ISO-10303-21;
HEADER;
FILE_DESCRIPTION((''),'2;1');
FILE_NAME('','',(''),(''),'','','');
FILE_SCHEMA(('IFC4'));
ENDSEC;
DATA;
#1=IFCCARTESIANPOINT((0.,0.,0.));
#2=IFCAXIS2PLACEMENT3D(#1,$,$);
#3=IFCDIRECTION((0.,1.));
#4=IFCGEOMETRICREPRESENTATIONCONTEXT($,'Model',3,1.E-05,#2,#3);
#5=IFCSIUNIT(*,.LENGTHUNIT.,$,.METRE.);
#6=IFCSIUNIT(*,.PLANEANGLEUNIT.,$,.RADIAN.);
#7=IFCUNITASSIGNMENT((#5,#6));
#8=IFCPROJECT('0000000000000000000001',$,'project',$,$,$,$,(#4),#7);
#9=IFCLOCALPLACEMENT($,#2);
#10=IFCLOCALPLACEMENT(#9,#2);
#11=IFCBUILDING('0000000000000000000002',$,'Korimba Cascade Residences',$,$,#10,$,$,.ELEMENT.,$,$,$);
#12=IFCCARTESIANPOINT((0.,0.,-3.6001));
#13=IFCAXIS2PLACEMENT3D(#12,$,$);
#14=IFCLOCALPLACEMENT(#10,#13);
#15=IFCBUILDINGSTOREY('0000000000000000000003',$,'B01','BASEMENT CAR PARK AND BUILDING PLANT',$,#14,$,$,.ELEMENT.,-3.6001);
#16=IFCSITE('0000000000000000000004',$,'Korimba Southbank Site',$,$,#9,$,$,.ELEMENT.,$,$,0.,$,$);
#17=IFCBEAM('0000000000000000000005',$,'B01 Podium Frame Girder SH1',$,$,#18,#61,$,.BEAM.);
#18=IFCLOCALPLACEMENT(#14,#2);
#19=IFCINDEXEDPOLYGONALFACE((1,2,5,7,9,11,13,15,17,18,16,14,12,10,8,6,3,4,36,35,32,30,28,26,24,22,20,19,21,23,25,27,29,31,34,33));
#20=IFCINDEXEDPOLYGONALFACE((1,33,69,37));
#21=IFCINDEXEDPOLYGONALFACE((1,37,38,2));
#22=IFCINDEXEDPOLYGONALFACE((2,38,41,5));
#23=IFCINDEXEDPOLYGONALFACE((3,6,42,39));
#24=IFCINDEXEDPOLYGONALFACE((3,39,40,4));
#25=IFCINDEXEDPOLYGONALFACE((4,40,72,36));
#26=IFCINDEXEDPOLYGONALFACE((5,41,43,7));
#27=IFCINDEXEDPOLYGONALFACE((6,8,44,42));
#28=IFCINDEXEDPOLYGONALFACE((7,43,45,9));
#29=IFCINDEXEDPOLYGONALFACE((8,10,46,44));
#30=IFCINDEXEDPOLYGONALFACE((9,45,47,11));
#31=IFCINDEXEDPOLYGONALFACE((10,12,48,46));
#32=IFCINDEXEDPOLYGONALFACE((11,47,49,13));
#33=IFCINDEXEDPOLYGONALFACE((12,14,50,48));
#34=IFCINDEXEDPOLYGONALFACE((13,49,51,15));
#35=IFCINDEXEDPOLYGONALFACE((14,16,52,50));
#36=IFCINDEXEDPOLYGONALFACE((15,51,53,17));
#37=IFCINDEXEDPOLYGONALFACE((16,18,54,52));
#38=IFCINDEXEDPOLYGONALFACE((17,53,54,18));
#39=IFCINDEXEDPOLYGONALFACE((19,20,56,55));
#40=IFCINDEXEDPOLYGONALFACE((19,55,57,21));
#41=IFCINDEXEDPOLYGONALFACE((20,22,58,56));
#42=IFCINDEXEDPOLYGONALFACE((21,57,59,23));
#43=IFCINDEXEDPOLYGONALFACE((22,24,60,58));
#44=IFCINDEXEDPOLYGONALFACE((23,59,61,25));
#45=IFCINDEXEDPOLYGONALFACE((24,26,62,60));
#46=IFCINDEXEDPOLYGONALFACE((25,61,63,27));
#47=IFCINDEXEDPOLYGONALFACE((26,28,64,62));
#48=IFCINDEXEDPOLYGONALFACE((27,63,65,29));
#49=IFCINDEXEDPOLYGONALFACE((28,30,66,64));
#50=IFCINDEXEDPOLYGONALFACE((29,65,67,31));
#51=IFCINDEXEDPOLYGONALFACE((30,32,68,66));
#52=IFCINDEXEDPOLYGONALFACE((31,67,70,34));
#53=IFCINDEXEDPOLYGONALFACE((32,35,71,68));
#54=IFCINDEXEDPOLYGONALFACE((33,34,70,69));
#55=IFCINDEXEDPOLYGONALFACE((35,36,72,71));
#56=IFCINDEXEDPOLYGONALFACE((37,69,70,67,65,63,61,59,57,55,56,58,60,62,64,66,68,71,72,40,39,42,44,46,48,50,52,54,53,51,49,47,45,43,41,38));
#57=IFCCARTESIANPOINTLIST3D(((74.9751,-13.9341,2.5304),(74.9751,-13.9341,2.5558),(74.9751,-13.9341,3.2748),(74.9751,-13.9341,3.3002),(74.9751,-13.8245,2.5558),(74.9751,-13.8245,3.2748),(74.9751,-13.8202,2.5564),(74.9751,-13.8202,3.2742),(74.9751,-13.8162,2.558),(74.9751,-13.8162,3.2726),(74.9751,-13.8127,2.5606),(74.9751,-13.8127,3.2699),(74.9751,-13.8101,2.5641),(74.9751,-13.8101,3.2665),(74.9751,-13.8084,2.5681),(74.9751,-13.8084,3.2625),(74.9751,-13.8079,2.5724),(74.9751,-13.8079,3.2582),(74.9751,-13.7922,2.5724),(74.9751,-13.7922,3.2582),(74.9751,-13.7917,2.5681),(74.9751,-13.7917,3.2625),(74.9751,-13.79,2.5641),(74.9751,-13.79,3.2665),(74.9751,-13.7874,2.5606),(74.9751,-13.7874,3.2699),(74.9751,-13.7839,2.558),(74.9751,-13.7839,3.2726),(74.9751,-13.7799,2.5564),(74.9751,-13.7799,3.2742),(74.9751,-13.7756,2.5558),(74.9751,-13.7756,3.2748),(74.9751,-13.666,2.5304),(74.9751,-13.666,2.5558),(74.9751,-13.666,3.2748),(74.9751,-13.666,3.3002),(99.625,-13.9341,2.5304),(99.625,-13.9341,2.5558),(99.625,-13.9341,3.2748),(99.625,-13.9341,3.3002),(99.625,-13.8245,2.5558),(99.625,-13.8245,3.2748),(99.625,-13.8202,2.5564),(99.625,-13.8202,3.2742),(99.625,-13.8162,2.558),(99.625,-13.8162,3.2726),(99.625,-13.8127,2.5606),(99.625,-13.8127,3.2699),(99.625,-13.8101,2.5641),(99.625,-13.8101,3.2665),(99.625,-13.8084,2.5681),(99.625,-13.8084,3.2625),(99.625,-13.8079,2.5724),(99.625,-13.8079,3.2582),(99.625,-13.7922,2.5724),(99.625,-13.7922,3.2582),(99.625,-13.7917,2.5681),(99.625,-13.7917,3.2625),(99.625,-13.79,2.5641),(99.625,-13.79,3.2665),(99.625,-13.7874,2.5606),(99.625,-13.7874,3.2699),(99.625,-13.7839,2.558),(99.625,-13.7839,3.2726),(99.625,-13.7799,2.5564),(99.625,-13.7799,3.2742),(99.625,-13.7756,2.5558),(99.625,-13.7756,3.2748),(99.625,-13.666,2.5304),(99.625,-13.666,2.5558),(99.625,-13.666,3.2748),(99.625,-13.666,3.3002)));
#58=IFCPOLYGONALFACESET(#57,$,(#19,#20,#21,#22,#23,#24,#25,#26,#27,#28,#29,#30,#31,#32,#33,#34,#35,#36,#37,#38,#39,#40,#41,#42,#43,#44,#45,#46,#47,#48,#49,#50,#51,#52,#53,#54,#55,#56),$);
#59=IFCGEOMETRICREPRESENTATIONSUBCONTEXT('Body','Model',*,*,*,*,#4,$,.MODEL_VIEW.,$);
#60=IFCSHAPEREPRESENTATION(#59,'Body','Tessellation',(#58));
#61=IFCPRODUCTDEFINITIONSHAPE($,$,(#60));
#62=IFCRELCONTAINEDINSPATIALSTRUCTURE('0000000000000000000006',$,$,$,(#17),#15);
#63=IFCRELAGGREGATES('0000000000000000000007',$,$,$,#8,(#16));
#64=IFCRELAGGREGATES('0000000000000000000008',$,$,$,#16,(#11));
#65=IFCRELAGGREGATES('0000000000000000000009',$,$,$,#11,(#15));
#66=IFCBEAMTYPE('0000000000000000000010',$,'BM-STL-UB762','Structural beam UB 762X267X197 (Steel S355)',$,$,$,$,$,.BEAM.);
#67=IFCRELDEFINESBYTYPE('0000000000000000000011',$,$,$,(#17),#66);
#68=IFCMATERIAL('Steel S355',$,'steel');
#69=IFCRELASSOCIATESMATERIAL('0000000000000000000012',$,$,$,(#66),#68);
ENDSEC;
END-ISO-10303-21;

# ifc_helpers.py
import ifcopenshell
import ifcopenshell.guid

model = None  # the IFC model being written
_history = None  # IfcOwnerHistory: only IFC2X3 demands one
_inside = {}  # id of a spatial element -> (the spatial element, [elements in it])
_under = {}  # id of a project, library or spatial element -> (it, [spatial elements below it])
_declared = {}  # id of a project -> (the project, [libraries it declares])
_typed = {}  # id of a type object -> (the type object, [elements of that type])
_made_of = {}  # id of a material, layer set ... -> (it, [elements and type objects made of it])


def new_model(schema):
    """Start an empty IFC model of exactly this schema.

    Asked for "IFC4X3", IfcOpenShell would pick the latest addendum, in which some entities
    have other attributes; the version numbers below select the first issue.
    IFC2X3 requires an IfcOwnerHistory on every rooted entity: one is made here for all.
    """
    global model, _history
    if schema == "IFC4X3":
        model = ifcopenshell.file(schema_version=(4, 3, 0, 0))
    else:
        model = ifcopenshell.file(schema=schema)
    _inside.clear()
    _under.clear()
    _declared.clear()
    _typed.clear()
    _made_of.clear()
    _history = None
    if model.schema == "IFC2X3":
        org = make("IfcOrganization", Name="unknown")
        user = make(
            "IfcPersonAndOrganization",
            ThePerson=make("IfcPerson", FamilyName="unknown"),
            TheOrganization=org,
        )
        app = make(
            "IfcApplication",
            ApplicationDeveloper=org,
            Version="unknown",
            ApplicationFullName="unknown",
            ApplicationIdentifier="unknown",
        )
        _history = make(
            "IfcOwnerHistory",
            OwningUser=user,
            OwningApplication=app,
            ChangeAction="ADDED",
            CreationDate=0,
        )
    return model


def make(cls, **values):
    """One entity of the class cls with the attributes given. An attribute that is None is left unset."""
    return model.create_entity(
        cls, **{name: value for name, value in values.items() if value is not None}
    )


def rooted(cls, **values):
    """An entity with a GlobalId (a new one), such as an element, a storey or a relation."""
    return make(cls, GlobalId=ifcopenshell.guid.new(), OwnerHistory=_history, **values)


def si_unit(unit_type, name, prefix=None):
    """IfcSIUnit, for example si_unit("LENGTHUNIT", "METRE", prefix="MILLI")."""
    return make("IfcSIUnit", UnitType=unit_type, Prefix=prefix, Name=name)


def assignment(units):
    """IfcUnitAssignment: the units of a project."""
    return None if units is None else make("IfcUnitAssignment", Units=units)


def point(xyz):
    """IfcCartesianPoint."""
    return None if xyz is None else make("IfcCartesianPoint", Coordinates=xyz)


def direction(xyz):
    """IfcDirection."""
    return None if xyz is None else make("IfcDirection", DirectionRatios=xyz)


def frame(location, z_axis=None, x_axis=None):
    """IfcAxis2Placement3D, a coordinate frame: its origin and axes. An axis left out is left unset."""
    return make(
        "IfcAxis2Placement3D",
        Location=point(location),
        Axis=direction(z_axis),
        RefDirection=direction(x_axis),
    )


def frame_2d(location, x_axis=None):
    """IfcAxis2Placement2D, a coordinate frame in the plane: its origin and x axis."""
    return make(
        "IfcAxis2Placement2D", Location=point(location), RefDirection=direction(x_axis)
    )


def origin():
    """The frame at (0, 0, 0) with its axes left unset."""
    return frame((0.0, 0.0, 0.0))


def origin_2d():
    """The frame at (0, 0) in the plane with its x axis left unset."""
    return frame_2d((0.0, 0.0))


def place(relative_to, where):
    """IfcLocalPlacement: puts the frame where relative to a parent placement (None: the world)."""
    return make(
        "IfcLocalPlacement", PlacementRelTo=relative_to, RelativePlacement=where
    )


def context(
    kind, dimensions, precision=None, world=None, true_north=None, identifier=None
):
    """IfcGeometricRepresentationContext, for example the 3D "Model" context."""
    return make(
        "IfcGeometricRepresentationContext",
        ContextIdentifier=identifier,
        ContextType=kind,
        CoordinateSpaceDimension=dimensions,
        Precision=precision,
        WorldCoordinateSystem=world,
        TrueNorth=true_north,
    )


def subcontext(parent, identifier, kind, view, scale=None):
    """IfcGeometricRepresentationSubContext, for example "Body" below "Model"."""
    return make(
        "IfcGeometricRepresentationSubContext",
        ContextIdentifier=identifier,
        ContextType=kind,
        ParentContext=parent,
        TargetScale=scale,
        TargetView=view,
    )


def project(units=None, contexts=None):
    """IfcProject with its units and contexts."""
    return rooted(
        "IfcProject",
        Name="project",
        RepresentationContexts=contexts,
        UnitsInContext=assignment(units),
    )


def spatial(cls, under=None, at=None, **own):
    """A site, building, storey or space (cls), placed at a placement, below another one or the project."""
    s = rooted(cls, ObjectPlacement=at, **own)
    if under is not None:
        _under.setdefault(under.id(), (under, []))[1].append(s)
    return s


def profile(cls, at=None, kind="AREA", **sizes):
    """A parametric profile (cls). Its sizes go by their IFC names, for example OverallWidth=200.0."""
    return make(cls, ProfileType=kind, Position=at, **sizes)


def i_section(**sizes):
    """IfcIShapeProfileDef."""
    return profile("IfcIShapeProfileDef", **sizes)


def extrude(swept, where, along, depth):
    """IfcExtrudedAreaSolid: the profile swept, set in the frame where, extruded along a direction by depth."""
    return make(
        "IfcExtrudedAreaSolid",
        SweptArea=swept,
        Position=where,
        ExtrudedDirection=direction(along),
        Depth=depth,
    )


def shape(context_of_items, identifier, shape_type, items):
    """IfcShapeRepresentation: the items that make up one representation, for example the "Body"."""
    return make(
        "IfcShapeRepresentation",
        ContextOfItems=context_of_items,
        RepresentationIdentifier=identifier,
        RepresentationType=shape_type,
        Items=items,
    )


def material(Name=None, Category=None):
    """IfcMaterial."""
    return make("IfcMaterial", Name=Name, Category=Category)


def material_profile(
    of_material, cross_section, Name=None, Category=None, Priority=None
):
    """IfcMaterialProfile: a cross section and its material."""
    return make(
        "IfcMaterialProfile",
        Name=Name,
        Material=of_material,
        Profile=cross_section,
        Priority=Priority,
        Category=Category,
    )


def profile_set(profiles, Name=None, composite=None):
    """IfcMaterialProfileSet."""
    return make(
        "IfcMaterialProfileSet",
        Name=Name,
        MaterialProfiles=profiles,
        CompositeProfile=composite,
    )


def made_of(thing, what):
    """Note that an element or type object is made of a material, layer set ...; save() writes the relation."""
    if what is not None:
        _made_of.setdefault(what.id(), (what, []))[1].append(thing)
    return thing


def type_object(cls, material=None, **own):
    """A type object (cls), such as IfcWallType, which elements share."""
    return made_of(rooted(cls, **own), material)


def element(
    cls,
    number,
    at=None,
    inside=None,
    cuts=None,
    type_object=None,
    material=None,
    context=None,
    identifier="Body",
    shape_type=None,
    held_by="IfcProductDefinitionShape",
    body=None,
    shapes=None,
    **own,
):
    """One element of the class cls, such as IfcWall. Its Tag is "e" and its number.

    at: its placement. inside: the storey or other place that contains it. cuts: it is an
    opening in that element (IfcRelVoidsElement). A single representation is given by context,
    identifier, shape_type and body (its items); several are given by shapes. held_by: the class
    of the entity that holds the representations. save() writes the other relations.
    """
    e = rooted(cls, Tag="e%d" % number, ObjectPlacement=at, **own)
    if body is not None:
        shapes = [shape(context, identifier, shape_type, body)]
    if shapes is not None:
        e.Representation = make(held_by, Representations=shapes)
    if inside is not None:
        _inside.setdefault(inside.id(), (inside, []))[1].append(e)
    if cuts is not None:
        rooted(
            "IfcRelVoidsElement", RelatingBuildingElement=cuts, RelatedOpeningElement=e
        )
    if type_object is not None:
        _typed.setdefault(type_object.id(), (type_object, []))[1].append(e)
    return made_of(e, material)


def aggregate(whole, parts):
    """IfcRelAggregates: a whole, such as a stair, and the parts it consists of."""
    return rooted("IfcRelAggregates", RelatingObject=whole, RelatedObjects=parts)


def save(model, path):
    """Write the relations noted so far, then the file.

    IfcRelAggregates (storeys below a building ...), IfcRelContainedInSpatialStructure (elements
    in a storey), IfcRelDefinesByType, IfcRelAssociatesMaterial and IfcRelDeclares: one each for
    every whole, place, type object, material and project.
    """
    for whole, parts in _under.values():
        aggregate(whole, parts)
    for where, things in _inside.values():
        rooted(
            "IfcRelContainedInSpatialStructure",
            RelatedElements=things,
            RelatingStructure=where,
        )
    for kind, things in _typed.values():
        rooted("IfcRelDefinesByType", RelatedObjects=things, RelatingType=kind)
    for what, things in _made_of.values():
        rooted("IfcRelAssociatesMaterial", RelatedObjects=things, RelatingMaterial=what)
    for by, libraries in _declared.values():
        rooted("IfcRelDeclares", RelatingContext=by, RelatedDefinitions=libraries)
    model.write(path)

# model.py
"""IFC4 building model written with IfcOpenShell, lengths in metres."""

from ifc_helpers import new_model, si_unit, direction, frame, origin, origin_2d, place, context, subcontext, project, spatial, i_section, extrude, material, material_profile, profile_set, type_object, element, save


model = new_model("IFC4")

# Units and contexts
model_context = context("Model", 3, precision=1e-05, world=origin(), true_north=direction((0.0, 1.0)))
body_context = subcontext(model_context, "Body", "Model", "MODEL_VIEW")
ifc_project = project(units=[si_unit("LENGTHUNIT", "METRE"), si_unit("PLANEANGLEUNIT", "RADIAN")], contexts=[model_context])

# Site, building, storey
site_placement = place(None, origin())
site = spatial("IfcSite", under=ifc_project, at=site_placement, Name="Korimba Southbank Site", CompositionType="ELEMENT", RefElevation=0.0)
building_placement = place(site_placement, origin())
building = spatial("IfcBuilding", under=site, at=building_placement, Name="Korimba Cascade Residences", CompositionType="ELEMENT")
storey_placement = place(building_placement, frame((0.0, 0.0, -3.6001)))
storey = spatial("IfcBuildingStorey", under=building, at=storey_placement, Name="B01", Description="BASEMENT CAR PARK AND BUILDING PLANT", CompositionType="ELEMENT", Elevation=-3.6001)

# Beam
ifc_material_1 = material(Name="Steel S355", Category="steel")
ifc_material_profile_1 = material_profile(ifc_material_1, i_section(OverallWidth=0.2681, OverallDepth=0.7698, WebThickness=0.0156, FlangeThickness=0.0254, FilletRadius=0.0166, at=origin_2d()), Name="Steel S355")
ifc_profile_set_1 = profile_set([ifc_material_profile_1], Name="Steel S355")
beam_type_1 = type_object("IfcBeamType", Name="BM-STL-UB762", Description="Structural beam UB 762X267X197 (Steel S355)", PredefinedType="BEAM", material=ifc_profile_set_1)
beam_1_placement = place(storey_placement, frame((74.9751, -13.8, 2.9153), z_axis=(1.0, 0.0, 0.0), x_axis=(0.0, 1.0, 0.0)))
element("IfcBeam", 1, at=beam_1_placement, inside=storey, type_object=beam_type_1, Name="B01 Podium Frame Girder SH1", PredefinedType="BEAM", context=body_context, shape_type="SweptSolid", body=[
    extrude(i_section(OverallWidth=0.2681, OverallDepth=0.7698, WebThickness=0.0156, FlangeThickness=0.0254, FilletRadius=0.0166, at=origin_2d()), origin(), (0.0, 0.0, 1.0), 24.6499),
])

save(model, "model.ifc")
